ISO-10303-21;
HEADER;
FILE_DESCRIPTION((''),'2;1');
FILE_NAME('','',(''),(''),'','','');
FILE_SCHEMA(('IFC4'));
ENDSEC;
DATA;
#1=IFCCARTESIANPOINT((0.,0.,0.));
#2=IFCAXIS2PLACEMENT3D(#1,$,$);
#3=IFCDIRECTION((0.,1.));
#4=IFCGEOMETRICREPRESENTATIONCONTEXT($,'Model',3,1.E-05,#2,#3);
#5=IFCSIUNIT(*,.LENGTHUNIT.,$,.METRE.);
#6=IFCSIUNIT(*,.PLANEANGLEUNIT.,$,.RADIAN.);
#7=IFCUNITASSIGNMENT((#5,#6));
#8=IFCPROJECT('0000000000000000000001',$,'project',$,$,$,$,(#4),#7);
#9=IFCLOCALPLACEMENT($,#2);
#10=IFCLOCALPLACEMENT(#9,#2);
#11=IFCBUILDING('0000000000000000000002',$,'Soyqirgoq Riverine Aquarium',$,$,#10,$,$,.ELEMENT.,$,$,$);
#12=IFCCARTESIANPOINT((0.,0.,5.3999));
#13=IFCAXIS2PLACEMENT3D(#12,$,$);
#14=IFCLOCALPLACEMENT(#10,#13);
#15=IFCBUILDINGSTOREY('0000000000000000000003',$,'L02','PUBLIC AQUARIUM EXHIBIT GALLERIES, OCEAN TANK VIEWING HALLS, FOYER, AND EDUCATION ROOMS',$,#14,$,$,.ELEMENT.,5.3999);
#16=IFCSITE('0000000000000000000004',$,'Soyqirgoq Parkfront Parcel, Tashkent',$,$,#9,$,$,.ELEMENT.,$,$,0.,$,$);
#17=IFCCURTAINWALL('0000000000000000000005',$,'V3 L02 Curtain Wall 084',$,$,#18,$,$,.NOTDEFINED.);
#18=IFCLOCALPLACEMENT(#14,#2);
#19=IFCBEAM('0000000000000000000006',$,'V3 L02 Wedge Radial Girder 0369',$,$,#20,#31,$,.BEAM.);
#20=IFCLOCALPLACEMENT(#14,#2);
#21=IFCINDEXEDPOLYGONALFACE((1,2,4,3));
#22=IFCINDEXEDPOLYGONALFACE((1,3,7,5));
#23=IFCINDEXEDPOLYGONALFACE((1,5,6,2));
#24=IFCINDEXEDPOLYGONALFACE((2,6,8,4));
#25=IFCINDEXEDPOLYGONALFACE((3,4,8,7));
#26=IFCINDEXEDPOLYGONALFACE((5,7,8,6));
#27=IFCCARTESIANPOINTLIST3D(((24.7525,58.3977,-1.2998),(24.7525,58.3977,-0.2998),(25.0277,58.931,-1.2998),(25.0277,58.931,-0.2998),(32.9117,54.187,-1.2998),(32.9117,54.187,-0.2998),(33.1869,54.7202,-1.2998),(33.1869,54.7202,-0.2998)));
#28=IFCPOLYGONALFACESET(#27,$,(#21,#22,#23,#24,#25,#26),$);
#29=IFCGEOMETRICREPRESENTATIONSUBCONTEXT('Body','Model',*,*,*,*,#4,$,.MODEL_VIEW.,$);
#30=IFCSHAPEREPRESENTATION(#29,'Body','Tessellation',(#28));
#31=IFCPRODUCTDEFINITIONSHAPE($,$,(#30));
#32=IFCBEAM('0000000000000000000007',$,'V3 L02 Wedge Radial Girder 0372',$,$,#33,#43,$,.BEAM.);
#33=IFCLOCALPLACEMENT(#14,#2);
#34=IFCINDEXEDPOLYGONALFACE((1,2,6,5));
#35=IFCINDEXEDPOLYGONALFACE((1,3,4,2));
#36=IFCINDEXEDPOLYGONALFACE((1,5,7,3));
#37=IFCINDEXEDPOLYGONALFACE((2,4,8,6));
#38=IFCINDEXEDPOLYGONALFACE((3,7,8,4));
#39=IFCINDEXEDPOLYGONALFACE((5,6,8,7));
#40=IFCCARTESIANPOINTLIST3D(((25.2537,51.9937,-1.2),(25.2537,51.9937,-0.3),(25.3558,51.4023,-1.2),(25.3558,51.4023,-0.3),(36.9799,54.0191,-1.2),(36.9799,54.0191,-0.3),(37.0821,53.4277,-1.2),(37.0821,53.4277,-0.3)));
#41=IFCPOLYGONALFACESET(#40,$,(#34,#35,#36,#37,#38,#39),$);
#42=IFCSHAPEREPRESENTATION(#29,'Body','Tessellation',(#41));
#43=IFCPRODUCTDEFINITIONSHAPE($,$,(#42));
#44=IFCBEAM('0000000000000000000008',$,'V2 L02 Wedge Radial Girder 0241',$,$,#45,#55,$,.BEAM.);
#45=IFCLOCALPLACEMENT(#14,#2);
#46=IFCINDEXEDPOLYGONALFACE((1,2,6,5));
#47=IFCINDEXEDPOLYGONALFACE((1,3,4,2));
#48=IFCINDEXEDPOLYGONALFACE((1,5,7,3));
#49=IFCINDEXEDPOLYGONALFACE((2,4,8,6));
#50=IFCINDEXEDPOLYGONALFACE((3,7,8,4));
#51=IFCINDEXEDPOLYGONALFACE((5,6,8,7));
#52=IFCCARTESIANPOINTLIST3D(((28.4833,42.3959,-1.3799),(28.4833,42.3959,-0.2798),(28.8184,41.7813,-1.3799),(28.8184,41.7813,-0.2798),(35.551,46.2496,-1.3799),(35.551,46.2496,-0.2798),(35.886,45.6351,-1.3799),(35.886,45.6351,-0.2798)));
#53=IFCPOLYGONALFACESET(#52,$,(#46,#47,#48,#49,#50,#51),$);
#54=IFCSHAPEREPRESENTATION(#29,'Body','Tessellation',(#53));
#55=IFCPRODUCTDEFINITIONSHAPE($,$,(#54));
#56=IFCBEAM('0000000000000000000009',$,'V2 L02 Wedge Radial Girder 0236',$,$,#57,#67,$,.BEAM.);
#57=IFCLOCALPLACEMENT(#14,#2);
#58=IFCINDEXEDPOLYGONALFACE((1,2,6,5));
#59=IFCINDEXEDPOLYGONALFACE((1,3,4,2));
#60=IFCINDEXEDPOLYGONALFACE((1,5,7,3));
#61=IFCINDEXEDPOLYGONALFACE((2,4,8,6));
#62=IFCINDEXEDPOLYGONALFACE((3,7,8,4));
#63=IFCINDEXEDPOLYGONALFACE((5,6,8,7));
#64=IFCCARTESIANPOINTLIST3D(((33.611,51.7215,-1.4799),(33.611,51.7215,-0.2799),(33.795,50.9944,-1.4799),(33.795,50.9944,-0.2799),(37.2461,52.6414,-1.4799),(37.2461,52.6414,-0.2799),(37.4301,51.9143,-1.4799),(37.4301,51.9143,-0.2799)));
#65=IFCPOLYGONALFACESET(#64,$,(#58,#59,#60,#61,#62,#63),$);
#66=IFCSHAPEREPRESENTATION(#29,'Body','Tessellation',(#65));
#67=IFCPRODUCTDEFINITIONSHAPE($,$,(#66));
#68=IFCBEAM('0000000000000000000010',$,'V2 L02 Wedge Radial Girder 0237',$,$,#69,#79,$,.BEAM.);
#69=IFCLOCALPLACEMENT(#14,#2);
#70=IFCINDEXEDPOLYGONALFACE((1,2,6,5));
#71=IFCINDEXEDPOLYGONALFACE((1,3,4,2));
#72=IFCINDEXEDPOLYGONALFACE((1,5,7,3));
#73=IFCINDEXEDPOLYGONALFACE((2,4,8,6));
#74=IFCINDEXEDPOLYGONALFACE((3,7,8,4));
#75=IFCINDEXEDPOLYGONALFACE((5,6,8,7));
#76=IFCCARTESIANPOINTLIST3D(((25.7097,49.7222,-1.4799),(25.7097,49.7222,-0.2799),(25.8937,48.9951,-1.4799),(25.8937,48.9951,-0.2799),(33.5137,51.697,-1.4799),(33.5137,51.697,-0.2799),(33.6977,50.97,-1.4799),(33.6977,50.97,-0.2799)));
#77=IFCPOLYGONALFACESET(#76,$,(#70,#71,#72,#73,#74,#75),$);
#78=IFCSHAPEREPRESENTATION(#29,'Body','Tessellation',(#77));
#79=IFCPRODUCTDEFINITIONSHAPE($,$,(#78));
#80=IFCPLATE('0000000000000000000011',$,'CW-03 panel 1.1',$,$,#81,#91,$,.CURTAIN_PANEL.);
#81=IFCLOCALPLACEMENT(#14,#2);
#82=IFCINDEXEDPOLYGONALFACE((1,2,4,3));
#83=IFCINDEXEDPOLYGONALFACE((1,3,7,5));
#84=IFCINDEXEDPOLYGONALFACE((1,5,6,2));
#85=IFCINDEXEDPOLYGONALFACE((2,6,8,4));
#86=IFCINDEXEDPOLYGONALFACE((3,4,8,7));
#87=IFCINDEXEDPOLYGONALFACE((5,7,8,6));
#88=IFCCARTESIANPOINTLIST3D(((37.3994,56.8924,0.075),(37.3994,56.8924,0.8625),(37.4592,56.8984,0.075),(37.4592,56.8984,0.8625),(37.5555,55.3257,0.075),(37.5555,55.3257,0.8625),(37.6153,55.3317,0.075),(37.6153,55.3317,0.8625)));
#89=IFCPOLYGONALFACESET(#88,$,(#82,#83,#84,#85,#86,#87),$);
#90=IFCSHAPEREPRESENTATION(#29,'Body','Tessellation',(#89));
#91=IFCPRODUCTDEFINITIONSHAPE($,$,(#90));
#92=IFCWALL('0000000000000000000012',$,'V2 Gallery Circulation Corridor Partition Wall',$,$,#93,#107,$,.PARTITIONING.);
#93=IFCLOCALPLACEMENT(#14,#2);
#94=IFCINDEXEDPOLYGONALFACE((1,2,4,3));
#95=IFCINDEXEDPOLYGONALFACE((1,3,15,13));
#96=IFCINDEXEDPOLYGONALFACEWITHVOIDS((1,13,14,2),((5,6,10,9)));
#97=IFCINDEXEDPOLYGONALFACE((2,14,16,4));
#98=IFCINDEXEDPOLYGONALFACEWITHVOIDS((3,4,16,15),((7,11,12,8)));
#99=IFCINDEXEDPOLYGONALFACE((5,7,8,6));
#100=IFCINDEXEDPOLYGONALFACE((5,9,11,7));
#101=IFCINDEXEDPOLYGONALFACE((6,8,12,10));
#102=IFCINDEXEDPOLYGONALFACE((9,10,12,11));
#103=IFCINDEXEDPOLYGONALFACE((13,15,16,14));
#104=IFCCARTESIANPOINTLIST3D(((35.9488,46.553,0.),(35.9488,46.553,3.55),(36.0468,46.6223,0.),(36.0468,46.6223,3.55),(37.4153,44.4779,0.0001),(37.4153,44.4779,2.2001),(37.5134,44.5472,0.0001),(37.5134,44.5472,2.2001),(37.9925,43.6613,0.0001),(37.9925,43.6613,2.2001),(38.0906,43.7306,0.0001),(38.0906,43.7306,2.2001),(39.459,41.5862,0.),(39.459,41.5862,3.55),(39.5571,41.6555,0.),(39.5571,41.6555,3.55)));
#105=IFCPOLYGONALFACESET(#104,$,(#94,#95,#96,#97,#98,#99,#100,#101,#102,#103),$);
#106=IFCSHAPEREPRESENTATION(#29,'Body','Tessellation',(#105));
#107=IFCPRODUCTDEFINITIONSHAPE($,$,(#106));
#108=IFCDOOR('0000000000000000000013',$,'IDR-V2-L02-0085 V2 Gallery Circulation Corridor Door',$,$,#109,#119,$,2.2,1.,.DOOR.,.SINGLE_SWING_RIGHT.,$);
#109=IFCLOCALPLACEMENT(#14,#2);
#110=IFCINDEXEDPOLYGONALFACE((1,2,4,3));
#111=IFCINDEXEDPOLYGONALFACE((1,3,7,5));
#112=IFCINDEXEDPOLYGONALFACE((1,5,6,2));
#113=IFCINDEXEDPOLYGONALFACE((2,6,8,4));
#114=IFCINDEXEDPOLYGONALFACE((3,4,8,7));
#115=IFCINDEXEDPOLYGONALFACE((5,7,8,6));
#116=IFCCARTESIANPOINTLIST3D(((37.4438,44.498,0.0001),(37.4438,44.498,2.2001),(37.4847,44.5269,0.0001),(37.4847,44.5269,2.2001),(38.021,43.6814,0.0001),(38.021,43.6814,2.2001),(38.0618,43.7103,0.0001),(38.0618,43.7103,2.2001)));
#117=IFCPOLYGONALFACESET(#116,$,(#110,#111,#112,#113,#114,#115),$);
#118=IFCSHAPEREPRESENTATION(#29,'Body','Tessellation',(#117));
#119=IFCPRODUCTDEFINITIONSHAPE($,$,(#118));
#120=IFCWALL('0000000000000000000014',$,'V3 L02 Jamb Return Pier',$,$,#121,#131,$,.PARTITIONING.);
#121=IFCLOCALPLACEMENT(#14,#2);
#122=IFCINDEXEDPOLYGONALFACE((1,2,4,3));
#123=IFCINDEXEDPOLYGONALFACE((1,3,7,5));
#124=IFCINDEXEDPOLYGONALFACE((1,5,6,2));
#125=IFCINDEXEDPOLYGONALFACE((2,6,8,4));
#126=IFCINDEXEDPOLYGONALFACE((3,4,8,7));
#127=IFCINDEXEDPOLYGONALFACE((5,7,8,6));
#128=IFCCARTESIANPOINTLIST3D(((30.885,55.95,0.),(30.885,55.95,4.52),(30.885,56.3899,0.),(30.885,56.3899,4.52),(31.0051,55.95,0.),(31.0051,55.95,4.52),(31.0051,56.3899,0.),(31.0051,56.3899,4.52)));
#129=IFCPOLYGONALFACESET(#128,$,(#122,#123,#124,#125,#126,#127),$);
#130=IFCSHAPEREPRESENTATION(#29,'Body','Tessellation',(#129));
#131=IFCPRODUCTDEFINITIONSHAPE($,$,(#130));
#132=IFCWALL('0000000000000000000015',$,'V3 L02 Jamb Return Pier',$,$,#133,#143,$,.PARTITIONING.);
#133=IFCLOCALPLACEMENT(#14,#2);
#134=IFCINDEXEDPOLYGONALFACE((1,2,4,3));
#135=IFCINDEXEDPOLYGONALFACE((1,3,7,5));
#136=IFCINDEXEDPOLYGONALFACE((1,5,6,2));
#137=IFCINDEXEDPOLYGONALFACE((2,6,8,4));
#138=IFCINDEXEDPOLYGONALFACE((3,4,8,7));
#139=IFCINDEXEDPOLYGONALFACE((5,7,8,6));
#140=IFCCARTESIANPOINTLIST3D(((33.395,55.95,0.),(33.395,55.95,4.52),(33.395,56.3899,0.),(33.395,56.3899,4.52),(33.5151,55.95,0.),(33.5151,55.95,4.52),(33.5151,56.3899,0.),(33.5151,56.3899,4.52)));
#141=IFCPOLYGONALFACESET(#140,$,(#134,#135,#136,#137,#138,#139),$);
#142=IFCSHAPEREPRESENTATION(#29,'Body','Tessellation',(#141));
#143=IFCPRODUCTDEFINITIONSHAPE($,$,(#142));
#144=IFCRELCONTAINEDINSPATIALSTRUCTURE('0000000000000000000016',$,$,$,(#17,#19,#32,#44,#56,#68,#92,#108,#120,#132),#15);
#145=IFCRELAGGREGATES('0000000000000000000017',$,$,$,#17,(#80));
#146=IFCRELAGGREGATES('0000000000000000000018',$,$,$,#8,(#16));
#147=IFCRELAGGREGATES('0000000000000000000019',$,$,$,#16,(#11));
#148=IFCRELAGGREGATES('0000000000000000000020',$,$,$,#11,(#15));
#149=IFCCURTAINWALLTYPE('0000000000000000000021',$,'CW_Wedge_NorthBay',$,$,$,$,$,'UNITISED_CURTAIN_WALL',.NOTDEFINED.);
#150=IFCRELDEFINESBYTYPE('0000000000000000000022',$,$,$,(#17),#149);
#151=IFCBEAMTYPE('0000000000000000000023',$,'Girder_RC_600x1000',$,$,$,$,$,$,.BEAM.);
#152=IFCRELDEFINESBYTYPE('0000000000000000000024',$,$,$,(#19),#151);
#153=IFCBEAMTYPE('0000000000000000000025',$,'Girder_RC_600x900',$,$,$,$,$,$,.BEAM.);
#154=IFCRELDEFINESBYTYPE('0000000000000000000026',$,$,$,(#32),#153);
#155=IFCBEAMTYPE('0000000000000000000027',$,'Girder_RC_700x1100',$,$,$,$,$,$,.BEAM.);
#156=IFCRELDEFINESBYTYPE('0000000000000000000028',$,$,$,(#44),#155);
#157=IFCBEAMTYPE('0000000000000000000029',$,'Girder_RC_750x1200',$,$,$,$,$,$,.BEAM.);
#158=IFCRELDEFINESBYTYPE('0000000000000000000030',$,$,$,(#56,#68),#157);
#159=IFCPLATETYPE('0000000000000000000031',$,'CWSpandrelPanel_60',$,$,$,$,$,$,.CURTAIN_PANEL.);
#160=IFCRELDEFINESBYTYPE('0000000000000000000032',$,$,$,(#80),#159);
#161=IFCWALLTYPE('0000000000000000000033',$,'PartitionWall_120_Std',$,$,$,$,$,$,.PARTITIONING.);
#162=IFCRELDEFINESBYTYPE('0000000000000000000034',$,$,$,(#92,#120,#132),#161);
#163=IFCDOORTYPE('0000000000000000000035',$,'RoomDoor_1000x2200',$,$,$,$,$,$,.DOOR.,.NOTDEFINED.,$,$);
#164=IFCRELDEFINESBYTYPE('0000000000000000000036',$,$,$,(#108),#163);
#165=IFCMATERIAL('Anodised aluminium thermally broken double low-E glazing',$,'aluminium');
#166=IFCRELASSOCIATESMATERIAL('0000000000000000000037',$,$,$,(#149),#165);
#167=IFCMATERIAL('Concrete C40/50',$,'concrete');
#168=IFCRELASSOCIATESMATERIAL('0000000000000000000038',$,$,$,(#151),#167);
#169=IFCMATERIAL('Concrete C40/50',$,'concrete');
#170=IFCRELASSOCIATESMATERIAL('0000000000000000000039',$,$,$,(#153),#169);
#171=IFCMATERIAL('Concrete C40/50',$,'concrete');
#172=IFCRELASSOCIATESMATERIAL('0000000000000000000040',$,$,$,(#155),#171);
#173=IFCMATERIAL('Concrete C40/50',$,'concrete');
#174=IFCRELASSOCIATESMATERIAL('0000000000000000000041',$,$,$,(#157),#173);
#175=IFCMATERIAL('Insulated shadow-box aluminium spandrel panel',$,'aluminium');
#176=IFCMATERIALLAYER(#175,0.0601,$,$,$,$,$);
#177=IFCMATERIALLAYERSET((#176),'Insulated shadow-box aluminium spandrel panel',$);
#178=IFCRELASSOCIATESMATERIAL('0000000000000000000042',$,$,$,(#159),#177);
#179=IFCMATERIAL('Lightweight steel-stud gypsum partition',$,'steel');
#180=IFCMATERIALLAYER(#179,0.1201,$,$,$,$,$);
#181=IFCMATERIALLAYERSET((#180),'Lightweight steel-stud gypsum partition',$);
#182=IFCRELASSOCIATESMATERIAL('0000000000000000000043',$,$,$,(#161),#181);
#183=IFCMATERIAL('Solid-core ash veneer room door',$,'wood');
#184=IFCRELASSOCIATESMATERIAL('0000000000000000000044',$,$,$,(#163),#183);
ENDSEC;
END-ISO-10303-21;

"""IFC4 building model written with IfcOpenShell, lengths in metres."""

from ifc_helpers import new_model, si_unit, direction, frame, frame_2d, origin, origin_2d, place, context, subcontext, project, spatial, rectangle, extrude, material, layer, layer_set, material_profile, profile_set, type_object, element, fill, aggregate, save


model = new_model("IFC4")

# Units and contexts
model_context = context("Model", 3, precision=1e-05, world=origin(), true_north=direction((0.0, 1.0)))
body_context = subcontext(model_context, "Body", "Model", "MODEL_VIEW")
ifc_project = project(units=[si_unit("LENGTHUNIT", "METRE"), si_unit("PLANEANGLEUNIT", "RADIAN")], contexts=[model_context])

# Site, building, storey
site_placement = place(None, origin())
site = spatial("IfcSite", under=ifc_project, at=site_placement, Name="Soyqirgoq Parkfront Parcel, Tashkent", CompositionType="ELEMENT", RefElevation=0.0)
building_placement = place(site_placement, origin())
building = spatial("IfcBuilding", under=site, at=building_placement, Name="Soyqirgoq Riverine Aquarium", CompositionType="ELEMENT")
storey_placement = place(building_placement, frame((0.0, 0.0, 5.3999)))
storey = spatial("IfcBuildingStorey", under=building, at=storey_placement, Name="L02", Description="PUBLIC AQUARIUM EXHIBIT GALLERIES, OCEAN TANK VIEWING HALLS, FOYER, AND EDUCATION ROOMS", CompositionType="ELEMENT", Elevation=5.3999)

# Curtain wall
ifc_material_1 = material(Name="Anodised aluminium thermally broken double low-E glazing", Category="aluminium")
curtain_wall_type = type_object("IfcCurtainWallType", Name="CW_Wedge_NorthBay", ElementType="UNITISED_CURTAIN_WALL", PredefinedType="NOTDEFINED", material=ifc_material_1)
curtain_wall_placement = place(storey_placement, origin())
curtain_wall = element("IfcCurtainWall", 1, at=curtain_wall_placement, inside=storey, type_object=curtain_wall_type, Name="V3 L02 Curtain Wall 084", PredefinedType="NOTDEFINED")

# Beams
ifc_material_2 = material(Name="Concrete C40/50", Category="concrete")
ifc_material_profile_1 = material_profile(ifc_material_2, rectangle(XDim=0.6001, YDim=1.0, at=origin_2d()), Name="RC 600x1000")
ifc_profile_set_1 = profile_set([ifc_material_profile_1], Name="Concrete C40/50")
beam_type_1 = type_object("IfcBeamType", Name="Girder_RC_600x1000", PredefinedType="BEAM", material=ifc_profile_set_1)
beam_1_placement = place(storey_placement, frame((33.0493, 54.4536, -0.7998), z_axis=(-0.888643, 0.4586, 0.0), x_axis=(-0.4586, -0.888643, 0.0)))
element("IfcBeam", 2, at=beam_1_placement, inside=storey, type_object=beam_type_1, Name="V3 L02 Wedge Radial Girder 0369", PredefinedType="BEAM", context=body_context, shape_type="SweptSolid", body=[
    extrude(rectangle(XDim=0.6001, YDim=1.0, at=origin_2d()), origin(), (0.0, 0.0, 1.0), 9.1816),
])
ifc_material_3 = material(Name="Concrete C40/50", Category="concrete")
ifc_material_profile_2 = material_profile(ifc_material_3, rectangle(XDim=0.6001, YDim=0.8999, at=origin_2d()), Name="RC 600x900")
ifc_profile_set_2 = profile_set([ifc_material_profile_2], Name="Concrete C40/50")
beam_type_2 = type_object("IfcBeamType", Name="Girder_RC_600x900", PredefinedType="BEAM", material=ifc_profile_set_2)
beam_2_placement = place(storey_placement, frame((37.031, 53.7234, -0.75), z_axis=(-0.985409, -0.170202, 0.0), x_axis=(0.170202, -0.985409, 0.0)))
element("IfcBeam", 3, at=beam_2_placement, inside=storey, type_object=beam_type_2, Name="V3 L02 Wedge Radial Girder 0372", PredefinedType="BEAM", context=body_context, shape_type="SweptSolid", body=[
    extrude(rectangle(XDim=0.6001, YDim=0.8999, at=origin_2d()), origin(), (0.0, 0.0, 1.0), 11.8999),
])
ifc_material_4 = material(Name="Concrete C40/50", Category="concrete")
ifc_material_profile_3 = material_profile(ifc_material_4, rectangle(XDim=0.7, YDim=1.1001, at=origin_2d()), Name="RC 700x1100")
ifc_profile_set_3 = profile_set([ifc_material_profile_3], Name="Concrete C40/50")
beam_type_3 = type_object("IfcBeamType", Name="Girder_RC_700x1100", PredefinedType="BEAM", material=ifc_profile_set_3)
beam_3_placement = place(storey_placement, frame((35.7185, 45.9424, -0.8298), z_axis=(-0.877964, -0.478727, 0.0), x_axis=(0.478727, -0.877964, 0.0)))
element("IfcBeam", 4, at=beam_3_placement, inside=storey, type_object=beam_type_3, Name="V2 L02 Wedge Radial Girder 0241", PredefinedType="BEAM", context=body_context, shape_type="SweptSolid", body=[
    extrude(rectangle(XDim=0.7, YDim=1.1001, at=origin_2d()), origin(), (0.0, 0.0, 1.0), 8.05),
])
ifc_material_5 = material(Name="Concrete C40/50", Category="concrete")
ifc_material_profile_4 = material_profile(ifc_material_5, rectangle(XDim=0.75, YDim=1.2, at=origin_2d()), Name="RC 750x1200")
ifc_profile_set_4 = profile_set([ifc_material_profile_4], Name="Concrete C40/50")
beam_type_4 = type_object("IfcBeamType", Name="Girder_RC_750x1200", PredefinedType="BEAM", material=ifc_profile_set_4)
beam_4_placement = place(storey_placement, frame((37.3381, 52.2778, -0.8799), z_axis=(-0.969441, -0.245323, 0.0), x_axis=(0.245323, -0.969441, 0.0)))
element("IfcBeam", 5, at=beam_4_placement, inside=storey, type_object=beam_type_4, Name="V2 L02 Wedge Radial Girder 0236", PredefinedType="BEAM", context=body_context, shape_type="SweptSolid", body=[
    extrude(rectangle(XDim=0.75, YDim=1.2, at=origin_2d()), origin(), (0.0, 0.0, 1.0), 3.7498),
])
beam_5_placement = place(storey_placement, frame((33.6057, 51.3335, -0.8799), z_axis=(-0.969441, -0.245325, 0.0), x_axis=(0.245325, -0.969441, 0.0)))
element("IfcBeam", 6, at=beam_5_placement, inside=storey, type_object=beam_type_4, Name="V2 L02 Wedge Radial Girder 0237", PredefinedType="BEAM", context=body_context, shape_type="SweptSolid", body=[
    extrude(rectangle(XDim=0.75, YDim=1.2, at=origin_2d()), origin(), (0.0, 0.0, 1.0), 8.05),
])

# Plate
ifc_material_6 = material(Name="Insulated shadow-box aluminium spandrel panel", Category="aluminium")
ifc_layer_1 = layer(ifc_material_6, 0.0601)
ifc_layer_set_1 = layer_set([ifc_layer_1], Name="Insulated shadow-box aluminium spandrel panel")
plate_type = type_object("IfcPlateType", Name="CWSpandrelPanel_60", PredefinedType="CURTAIN_PANEL", material=ifc_layer_set_1)
plate_placement = place(storey_placement, frame((37.5073, 56.1121, 0.075), z_axis=(0.0, 0.0, 1.0), x_axis=(0.09914, -0.995074, 0.0)))
plate = element("IfcPlate", 7, at=plate_placement, type_object=plate_type, Name="CW-03 panel 1.1", PredefinedType="CURTAIN_PANEL", context=body_context, shape_type="SweptSolid", body=[
    extrude(rectangle(XDim=1.5745, YDim=0.0601, at=origin_2d()), origin(), (0.0, 0.0, 1.0), 0.7876),
])
aggregate(curtain_wall, [plate])

# Wall, opening, door
ifc_material_7 = material(Name="Lightweight steel-stud gypsum partition", Category="steel")
ifc_layer_2 = layer(ifc_material_7, 0.1201)
ifc_layer_set_2 = layer_set([ifc_layer_2], Name="Lightweight steel-stud gypsum partition")
wall_type_1 = type_object("IfcWallType", Name="PartitionWall_120_Std", PredefinedType="PARTITIONING", material=ifc_layer_set_2)
wall_1_placement = place(storey_placement, frame((35.9978, 46.5876, 0.0), z_axis=(0.0, 0.0, 1.0), x_axis=(0.577153, -0.816636, 0.0)))
wall_1 = element("IfcWall", 8, at=wall_1_placement, inside=storey, type_object=wall_type_1, Name="V2 Gallery Circulation Corridor Partition Wall", PredefinedType="PARTITIONING", context=body_context, shape_type="SweptSolid", body=[
    extrude(rectangle(XDim=6.082, YDim=0.1201, at=frame_2d((3.041, 0.0))), origin(), (0.0, 0.0, 1.0), 3.55),
])
opening_1_placement = place(wall_1_placement, frame((2.541, 0.0, 0.0)))
opening_1 = element("IfcOpeningElement", 9, at=opening_1_placement, cuts=wall_1, PredefinedType="OPENING", context=body_context, shape_type="SweptSolid", body=[
    extrude(rectangle(XDim=1.0, YDim=2.2, at=frame_2d((0.5, 1.1001))), frame((0.0, 0.0701, 0.0), z_axis=(0.0, -1.0, 0.0), x_axis=(1.0, 0.0, 0.0)), (0.0, 0.0, 1.0), 0.1401),
])
ifc_material_8 = material(Name="Solid-core ash veneer room door", Category="wood")
door_type = type_object("IfcDoorType", Name="RoomDoor_1000x2200", OperationType="NOTDEFINED", PredefinedType="DOOR", material=ifc_material_8)
door_placement = place(opening_1_placement, origin())
door = element("IfcDoor", 10, at=door_placement, inside=storey, type_object=door_type, Name="IDR-V2-L02-0085 V2 Gallery Circulation Corridor Door", OperationType="SINGLE_SWING_RIGHT", OverallHeight=2.2, OverallWidth=1.0, PredefinedType="DOOR", context=body_context, shape_type="SweptSolid", body=[
    extrude(rectangle(XDim=1.0, YDim=2.2, at=frame_2d((0.5, 1.1001))), frame((0.0, 0.0249, 0.0), z_axis=(0.0, -1.0, 0.0), x_axis=(1.0, 0.0, 0.0)), (0.0, 0.0, 1.0), 0.05),
])
fill(opening_1, door)

# Walls
for number, where, z_axis, x_axis, name in (
    (11, (30.9451, 55.95, 0.0), (0.0, 0.0, 1.0), (0.0, 1.0, 0.0), "V3 L02 Jamb Return Pier"),
    (12, (33.4551, 55.95, 0.0), (0.0, 0.0, 1.0), (0.0, 1.0, 0.0), "V3 L02 Jamb Return Pier"),
):
    element("IfcWall", number, at=place(storey_placement, frame(where, z_axis=z_axis, x_axis=x_axis)), inside=storey, type_object=wall_type_1, Name=name, PredefinedType="PARTITIONING", context=body_context, shape_type="SweptSolid", body=[
        extrude(rectangle(XDim=0.4399, YDim=0.1201, at=frame_2d((0.22, 0.0))), origin(), (0.0, 0.0, 1.0), 4.52),
    ])

save(model, "model.ifc")
